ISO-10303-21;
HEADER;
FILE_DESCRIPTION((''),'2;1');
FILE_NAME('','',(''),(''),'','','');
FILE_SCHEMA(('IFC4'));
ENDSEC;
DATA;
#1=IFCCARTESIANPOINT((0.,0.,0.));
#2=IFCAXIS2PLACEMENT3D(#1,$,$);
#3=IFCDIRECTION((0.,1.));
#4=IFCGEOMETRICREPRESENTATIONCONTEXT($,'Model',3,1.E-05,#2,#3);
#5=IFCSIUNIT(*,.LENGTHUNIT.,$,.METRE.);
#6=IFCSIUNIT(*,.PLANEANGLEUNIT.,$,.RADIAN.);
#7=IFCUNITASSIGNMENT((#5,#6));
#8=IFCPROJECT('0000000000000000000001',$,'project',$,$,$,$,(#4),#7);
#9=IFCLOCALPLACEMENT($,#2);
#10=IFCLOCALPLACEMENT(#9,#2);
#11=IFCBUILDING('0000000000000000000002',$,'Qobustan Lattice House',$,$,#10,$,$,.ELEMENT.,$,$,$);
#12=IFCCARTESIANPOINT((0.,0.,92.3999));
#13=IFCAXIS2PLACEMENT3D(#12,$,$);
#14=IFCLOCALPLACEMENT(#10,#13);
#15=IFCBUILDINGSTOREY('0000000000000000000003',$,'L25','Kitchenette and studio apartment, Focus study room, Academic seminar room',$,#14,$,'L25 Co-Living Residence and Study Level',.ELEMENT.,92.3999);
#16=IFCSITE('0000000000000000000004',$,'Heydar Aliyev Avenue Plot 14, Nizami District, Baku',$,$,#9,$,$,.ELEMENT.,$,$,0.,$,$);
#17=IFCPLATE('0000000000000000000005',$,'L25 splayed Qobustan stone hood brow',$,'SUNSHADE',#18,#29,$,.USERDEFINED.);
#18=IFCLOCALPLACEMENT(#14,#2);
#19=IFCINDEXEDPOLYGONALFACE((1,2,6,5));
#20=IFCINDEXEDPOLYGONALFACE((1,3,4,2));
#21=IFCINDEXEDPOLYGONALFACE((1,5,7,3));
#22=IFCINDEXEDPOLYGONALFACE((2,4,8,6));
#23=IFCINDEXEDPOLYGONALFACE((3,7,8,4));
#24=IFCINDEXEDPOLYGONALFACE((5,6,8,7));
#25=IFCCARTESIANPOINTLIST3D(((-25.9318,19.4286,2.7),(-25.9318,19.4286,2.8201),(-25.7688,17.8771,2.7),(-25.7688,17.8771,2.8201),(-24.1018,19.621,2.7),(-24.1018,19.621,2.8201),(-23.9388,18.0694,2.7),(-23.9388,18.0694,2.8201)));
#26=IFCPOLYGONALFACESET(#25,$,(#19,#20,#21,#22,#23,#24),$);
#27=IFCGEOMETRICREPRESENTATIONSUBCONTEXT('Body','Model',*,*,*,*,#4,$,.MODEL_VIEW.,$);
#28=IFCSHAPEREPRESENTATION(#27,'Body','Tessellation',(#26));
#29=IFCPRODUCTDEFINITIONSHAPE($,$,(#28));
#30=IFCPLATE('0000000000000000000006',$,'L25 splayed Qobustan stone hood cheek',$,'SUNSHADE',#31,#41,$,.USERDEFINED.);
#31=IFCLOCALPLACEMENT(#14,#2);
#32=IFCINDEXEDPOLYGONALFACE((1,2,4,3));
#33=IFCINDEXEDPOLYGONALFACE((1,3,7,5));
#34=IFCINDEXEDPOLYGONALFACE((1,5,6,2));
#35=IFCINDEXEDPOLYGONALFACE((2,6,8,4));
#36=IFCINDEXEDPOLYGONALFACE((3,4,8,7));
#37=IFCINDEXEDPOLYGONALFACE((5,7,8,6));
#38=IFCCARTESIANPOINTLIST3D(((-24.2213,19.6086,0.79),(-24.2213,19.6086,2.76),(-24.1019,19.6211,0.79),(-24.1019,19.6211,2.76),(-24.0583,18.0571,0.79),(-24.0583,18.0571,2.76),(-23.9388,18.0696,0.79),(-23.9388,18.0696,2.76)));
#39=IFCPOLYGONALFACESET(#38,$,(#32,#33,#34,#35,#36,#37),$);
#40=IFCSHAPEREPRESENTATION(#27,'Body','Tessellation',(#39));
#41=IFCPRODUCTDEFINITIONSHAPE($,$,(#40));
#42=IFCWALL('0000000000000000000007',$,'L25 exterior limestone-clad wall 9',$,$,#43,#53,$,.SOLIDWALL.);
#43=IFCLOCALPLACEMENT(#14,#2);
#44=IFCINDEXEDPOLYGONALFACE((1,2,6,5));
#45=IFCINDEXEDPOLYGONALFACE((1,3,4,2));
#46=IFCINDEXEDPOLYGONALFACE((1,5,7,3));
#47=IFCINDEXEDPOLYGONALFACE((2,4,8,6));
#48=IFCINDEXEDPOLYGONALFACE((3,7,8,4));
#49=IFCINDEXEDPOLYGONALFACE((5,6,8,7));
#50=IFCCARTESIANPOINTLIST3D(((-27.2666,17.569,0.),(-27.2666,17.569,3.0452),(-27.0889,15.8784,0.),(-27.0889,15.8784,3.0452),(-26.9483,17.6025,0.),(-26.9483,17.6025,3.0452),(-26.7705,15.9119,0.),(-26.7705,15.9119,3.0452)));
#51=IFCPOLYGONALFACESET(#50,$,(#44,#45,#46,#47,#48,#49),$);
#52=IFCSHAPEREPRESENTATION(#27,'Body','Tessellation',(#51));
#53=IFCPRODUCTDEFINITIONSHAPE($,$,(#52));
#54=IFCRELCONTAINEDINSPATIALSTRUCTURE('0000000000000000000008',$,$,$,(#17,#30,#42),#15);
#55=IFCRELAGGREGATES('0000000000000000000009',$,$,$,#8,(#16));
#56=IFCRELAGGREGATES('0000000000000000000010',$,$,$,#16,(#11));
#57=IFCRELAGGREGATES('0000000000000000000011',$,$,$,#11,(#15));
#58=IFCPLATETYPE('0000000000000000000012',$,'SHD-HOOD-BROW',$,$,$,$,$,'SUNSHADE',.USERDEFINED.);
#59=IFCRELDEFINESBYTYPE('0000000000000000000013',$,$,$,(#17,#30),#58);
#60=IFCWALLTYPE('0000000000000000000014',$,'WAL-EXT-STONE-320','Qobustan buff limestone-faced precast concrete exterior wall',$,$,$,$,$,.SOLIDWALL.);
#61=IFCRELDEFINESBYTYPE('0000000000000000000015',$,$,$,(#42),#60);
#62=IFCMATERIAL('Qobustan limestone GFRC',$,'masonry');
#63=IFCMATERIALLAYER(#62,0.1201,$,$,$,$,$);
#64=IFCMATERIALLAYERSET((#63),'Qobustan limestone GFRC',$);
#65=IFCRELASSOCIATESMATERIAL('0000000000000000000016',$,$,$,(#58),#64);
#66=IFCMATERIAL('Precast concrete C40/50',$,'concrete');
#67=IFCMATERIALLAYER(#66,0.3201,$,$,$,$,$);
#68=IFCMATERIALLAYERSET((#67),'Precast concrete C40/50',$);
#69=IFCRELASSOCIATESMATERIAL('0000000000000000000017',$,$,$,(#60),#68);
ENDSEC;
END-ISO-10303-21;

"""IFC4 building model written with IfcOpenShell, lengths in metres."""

from ifc_helpers import new_model, si_unit, direction, frame, frame_2d, origin, origin_2d, place, context, subcontext, project, spatial, rectangle, extrude, material, layer, layer_set, type_object, element, save


model = new_model("IFC4")

# Units and contexts
model_context = context("Model", 3, precision=1e-05, world=origin(), true_north=direction((0.0, 1.0)))
body_context = subcontext(model_context, "Body", "Model", "MODEL_VIEW")
ifc_project = project(units=[si_unit("LENGTHUNIT", "METRE"), si_unit("PLANEANGLEUNIT", "RADIAN")], contexts=[model_context])

# Site, building, storey
site_placement = place(None, origin())
site = spatial("IfcSite", under=ifc_project, at=site_placement, Name="Heydar Aliyev Avenue Plot 14, Nizami District, Baku", CompositionType="ELEMENT", RefElevation=0.0)
building_placement = place(site_placement, origin())
building = spatial("IfcBuilding", under=site, at=building_placement, Name="Qobustan Lattice House", CompositionType="ELEMENT")
storey_placement = place(building_placement, frame((0.0, 0.0, 92.3999)))
storey = spatial("IfcBuildingStorey", under=building, at=storey_placement, Name="L25", Description="Kitchenette and studio apartment, Focus study room, Academic seminar room", LongName="L25 Co-Living Residence and Study Level", CompositionType="ELEMENT", Elevation=92.3999)

# Plates
ifc_material_1 = material(Name="Qobustan limestone GFRC", Category="masonry")
ifc_layer_1 = layer(ifc_material_1, 0.1201)
ifc_layer_set_1 = layer_set([ifc_layer_1], Name="Qobustan limestone GFRC")
plate_type_1 = type_object("IfcPlateType", Name="SHD-HOOD-BROW", ElementType="SUNSHADE", PredefinedType="USERDEFINED", material=ifc_layer_set_1)
plate_1_placement = place(storey_placement, frame((-24.9353, 18.749, 2.7), z_axis=(0.0, 0.0, 1.0), x_axis=(0.994522, 0.104528, 0.0)))
element("IfcPlate", 1, at=plate_1_placement, inside=storey, type_object=plate_type_1, Name="L25 splayed Qobustan stone hood brow", ObjectType="SUNSHADE", PredefinedType="USERDEFINED", context=body_context, shape_type="SweptSolid", body=[
    extrude(rectangle(XDim=1.8401, YDim=1.5601, at=origin_2d()), origin(), (0.0, 0.0, 1.0), 0.1201),
])
plate_2_placement = place(storey_placement, frame((-24.0801, 18.8391, 0.79), z_axis=(0.0, 0.0, 1.0), x_axis=(0.994522, 0.104528, 0.0)))
element("IfcPlate", 2, at=plate_2_placement, inside=storey, type_object=plate_type_1, Name="L25 splayed Qobustan stone hood cheek", ObjectType="SUNSHADE", PredefinedType="USERDEFINED", context=body_context, shape_type="SweptSolid", body=[
    extrude(rectangle(XDim=0.1201, YDim=1.5601, at=origin_2d()), origin(), (0.0, 0.0, 1.0), 1.97),
])

# Wall
ifc_material_2 = material(Name="Precast concrete C40/50", Category="concrete")
ifc_layer_2 = layer(ifc_material_2, 0.3201)
ifc_layer_set_2 = layer_set([ifc_layer_2], Name="Precast concrete C40/50")
wall_type_1 = type_object("IfcWallType", Name="WAL-EXT-STONE-320", Description="Qobustan buff limestone-faced precast concrete exterior wall", PredefinedType="SOLIDWALL", material=ifc_layer_set_2)
wall_1_placement = place(storey_placement, frame((-26.9297, 15.895, 0.0), z_axis=(0.0, 0.0, 1.0), x_axis=(-0.10455, 0.99452, 0.0)))
element("IfcWall", 3, at=wall_1_placement, inside=storey, type_object=wall_type_1, Name="L25 exterior limestone-clad wall 9", PredefinedType="SOLIDWALL", context=body_context, shape_type="SweptSolid", body=[
    extrude(rectangle(XDim=1.7, YDim=0.3201, at=frame_2d((0.8501, 0.0))), origin(), (0.0, 0.0, 1.0), 3.0452),
])

save(model, "model.ifc")
